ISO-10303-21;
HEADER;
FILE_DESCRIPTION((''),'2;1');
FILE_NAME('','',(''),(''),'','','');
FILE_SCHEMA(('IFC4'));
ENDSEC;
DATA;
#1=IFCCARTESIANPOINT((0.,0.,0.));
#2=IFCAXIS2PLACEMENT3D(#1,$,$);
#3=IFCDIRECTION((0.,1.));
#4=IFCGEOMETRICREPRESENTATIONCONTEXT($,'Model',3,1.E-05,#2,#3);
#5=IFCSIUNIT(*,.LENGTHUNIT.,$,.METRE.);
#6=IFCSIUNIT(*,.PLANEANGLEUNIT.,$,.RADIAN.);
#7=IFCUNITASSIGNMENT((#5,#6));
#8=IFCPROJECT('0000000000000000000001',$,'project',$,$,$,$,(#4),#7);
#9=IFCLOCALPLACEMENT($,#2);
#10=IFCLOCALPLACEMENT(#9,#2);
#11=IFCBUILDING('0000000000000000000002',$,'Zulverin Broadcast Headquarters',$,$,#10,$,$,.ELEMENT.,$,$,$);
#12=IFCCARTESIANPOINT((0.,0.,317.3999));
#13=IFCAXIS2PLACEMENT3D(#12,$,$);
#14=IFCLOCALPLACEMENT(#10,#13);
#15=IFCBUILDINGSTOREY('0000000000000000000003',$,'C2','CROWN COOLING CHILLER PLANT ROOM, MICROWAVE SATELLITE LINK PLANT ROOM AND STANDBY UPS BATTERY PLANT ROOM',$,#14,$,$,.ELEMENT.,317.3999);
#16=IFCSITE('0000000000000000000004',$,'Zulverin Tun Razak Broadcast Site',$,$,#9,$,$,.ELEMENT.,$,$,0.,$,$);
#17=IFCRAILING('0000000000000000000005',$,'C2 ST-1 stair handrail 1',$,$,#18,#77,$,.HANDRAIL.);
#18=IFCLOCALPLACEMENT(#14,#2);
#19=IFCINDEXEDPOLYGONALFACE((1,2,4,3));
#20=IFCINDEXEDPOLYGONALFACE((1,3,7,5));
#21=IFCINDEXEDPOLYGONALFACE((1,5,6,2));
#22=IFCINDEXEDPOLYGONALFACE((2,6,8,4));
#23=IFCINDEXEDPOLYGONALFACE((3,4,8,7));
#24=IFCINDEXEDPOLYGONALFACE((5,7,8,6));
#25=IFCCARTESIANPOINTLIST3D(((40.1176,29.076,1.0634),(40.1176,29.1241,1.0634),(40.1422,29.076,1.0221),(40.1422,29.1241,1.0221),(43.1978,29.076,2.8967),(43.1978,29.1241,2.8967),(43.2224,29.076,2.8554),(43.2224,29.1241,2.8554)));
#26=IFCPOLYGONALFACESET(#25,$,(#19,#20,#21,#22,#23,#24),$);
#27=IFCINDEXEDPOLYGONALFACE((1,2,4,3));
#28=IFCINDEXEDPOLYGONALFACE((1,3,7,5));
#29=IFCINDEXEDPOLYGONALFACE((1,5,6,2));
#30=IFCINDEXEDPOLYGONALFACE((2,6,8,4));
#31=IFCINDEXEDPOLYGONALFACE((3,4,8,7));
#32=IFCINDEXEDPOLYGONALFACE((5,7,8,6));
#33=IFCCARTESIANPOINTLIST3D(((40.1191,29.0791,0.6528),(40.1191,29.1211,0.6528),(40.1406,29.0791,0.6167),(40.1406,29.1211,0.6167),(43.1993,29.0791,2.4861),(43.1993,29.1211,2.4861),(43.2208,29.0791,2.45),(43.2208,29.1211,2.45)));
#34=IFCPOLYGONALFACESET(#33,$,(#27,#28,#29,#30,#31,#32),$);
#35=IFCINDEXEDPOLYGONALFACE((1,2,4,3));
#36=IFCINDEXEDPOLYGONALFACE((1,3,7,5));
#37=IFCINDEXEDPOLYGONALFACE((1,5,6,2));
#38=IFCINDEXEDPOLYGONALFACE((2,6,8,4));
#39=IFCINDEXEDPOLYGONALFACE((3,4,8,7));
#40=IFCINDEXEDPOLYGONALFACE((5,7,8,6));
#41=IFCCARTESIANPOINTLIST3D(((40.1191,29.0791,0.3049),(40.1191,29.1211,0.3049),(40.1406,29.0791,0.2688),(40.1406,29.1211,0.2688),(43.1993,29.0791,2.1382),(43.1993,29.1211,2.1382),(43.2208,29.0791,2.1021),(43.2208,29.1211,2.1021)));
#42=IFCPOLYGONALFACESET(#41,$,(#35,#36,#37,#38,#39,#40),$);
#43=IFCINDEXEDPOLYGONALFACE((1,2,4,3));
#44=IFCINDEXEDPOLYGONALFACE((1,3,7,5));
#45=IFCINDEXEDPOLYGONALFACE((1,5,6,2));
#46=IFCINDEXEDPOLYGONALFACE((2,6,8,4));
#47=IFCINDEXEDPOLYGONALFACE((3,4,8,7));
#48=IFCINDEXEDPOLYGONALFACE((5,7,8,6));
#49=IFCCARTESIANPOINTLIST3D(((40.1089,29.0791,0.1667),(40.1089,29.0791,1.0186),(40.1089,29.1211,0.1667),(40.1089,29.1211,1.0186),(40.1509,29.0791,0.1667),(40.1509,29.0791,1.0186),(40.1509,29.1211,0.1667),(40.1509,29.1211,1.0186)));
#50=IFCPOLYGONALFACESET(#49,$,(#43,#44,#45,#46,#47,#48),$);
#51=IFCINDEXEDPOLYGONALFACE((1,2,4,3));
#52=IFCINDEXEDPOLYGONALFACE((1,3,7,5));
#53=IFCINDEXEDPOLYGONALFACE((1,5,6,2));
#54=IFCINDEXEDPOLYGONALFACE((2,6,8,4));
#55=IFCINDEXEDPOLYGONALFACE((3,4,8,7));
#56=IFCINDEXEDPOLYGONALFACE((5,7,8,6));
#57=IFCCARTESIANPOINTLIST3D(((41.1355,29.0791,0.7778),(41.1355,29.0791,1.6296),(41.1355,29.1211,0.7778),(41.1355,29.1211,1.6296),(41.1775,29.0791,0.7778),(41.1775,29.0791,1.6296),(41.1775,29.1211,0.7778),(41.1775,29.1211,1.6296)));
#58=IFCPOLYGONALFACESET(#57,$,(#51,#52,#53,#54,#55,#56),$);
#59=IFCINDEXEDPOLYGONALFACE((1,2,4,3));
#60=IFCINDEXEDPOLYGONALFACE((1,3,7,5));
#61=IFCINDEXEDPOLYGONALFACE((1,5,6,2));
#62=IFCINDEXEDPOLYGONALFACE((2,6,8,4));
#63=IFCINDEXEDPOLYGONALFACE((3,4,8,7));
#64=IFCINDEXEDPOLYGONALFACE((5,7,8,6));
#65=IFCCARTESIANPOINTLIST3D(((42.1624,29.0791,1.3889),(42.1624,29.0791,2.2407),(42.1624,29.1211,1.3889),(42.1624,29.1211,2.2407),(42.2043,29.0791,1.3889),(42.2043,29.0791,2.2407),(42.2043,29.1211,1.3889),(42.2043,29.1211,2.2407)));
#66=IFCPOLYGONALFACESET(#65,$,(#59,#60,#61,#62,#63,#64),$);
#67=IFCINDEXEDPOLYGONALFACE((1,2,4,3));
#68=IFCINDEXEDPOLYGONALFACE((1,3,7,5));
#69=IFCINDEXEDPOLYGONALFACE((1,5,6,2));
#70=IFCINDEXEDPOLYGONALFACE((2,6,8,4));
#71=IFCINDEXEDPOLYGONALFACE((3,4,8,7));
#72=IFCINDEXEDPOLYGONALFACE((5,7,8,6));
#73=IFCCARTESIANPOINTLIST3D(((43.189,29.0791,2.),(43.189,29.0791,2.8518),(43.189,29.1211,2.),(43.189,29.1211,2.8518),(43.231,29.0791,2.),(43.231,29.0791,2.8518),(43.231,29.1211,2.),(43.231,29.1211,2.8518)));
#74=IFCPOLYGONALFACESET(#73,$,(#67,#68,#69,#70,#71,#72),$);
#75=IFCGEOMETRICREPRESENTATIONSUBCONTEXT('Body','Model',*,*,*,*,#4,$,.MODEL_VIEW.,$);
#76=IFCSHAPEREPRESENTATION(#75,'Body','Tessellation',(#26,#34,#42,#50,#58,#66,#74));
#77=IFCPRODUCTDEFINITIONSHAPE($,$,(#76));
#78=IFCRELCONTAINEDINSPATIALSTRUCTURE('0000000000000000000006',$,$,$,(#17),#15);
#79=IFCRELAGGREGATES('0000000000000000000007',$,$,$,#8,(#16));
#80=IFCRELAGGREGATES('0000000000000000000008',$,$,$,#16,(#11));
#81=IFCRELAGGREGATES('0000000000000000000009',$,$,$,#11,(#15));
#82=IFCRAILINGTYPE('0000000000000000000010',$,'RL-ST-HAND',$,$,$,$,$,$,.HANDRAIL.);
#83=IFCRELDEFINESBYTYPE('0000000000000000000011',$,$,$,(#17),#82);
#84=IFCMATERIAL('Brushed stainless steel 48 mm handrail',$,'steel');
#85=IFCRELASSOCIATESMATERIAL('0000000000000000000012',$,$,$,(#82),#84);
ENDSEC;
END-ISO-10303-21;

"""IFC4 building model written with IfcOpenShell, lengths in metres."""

from ifc_helpers import new_model, si_unit, direction, frame, origin, origin_2d, place, context, subcontext, project, spatial, rectangle, extrude, material, type_object, element, save


model = new_model("IFC4")

# Units and contexts
model_context = context("Model", 3, precision=1e-05, world=origin(), true_north=direction((0.0, 1.0)))
body_context = subcontext(model_context, "Body", "Model", "MODEL_VIEW")
ifc_project = project(units=[si_unit("LENGTHUNIT", "METRE"), si_unit("PLANEANGLEUNIT", "RADIAN")], contexts=[model_context])

# Site, building, storey
site_placement = place(None, origin())
site = spatial("IfcSite", under=ifc_project, at=site_placement, Name="Zulverin Tun Razak Broadcast Site", CompositionType="ELEMENT", RefElevation=0.0)
building_placement = place(site_placement, origin())
building = spatial("IfcBuilding", under=site, at=building_placement, Name="Zulverin Broadcast Headquarters", CompositionType="ELEMENT")
storey_placement = place(building_placement, frame((0.0, 0.0, 317.3999)))
storey = spatial("IfcBuildingStorey", under=building, at=storey_placement, Name="C2", Description="CROWN COOLING CHILLER PLANT ROOM, MICROWAVE SATELLITE LINK PLANT ROOM AND STANDBY UPS BATTERY PLANT ROOM", CompositionType="ELEMENT", Elevation=317.3999)

# Railing
ifc_material_1 = material(Name="Brushed stainless steel 48 mm handrail", Category="steel")
railing_type_1 = type_object("IfcRailingType", Name="RL-ST-HAND", PredefinedType="HANDRAIL", material=ifc_material_1)
railing_1_placement = place(storey_placement, frame((40.1299, 29.1001, 0.1667)))
element("IfcRailing", 1, at=railing_1_placement, inside=storey, type_object=railing_type_1, Name="C2 ST-1 stair handrail 1", PredefinedType="HANDRAIL", context=body_context, shape_type="SweptSolid", body=[
    extrude(rectangle(XDim=0.0481, YDim=0.0481, at=origin_2d()), frame((0.0, 0.0, 0.876), z_axis=(0.859309, 0.0, 0.511458), x_axis=(0.0, 1.0, 0.0)), (0.0, 0.0, 1.0), 3.5845),
    extrude(rectangle(XDim=0.042, YDim=0.042, at=origin_2d()), frame((0.0, 0.0, 0.468), z_axis=(0.859309, 0.0, 0.511458), x_axis=(0.0, 1.0, 0.0)), (0.0, 0.0, 1.0), 3.5845),
    extrude(rectangle(XDim=0.042, YDim=0.042, at=origin_2d()), frame((0.0, 0.0, 0.1201), z_axis=(0.859309, 0.0, 0.511458), x_axis=(0.0, 1.0, 0.0)), (0.0, 0.0, 1.0), 3.5845),
    extrude(rectangle(XDim=0.042, YDim=0.042, at=origin_2d()), origin(), (0.0, 0.0, 1.0), 0.8518),
    extrude(rectangle(XDim=0.042, YDim=0.042, at=origin_2d()), frame((1.0266, 0.0, 0.6111)), (0.0, 0.0, 1.0), 0.8518),
    extrude(rectangle(XDim=0.042, YDim=0.042, at=origin_2d()), frame((2.0535, 0.0, 1.2222)), (0.0, 0.0, 1.0), 0.8518),
    extrude(rectangle(XDim=0.042, YDim=0.042, at=origin_2d()), frame((3.0801, 0.0, 1.8333)), (0.0, 0.0, 1.0), 0.8518),
])

save(model, "model.ifc")
